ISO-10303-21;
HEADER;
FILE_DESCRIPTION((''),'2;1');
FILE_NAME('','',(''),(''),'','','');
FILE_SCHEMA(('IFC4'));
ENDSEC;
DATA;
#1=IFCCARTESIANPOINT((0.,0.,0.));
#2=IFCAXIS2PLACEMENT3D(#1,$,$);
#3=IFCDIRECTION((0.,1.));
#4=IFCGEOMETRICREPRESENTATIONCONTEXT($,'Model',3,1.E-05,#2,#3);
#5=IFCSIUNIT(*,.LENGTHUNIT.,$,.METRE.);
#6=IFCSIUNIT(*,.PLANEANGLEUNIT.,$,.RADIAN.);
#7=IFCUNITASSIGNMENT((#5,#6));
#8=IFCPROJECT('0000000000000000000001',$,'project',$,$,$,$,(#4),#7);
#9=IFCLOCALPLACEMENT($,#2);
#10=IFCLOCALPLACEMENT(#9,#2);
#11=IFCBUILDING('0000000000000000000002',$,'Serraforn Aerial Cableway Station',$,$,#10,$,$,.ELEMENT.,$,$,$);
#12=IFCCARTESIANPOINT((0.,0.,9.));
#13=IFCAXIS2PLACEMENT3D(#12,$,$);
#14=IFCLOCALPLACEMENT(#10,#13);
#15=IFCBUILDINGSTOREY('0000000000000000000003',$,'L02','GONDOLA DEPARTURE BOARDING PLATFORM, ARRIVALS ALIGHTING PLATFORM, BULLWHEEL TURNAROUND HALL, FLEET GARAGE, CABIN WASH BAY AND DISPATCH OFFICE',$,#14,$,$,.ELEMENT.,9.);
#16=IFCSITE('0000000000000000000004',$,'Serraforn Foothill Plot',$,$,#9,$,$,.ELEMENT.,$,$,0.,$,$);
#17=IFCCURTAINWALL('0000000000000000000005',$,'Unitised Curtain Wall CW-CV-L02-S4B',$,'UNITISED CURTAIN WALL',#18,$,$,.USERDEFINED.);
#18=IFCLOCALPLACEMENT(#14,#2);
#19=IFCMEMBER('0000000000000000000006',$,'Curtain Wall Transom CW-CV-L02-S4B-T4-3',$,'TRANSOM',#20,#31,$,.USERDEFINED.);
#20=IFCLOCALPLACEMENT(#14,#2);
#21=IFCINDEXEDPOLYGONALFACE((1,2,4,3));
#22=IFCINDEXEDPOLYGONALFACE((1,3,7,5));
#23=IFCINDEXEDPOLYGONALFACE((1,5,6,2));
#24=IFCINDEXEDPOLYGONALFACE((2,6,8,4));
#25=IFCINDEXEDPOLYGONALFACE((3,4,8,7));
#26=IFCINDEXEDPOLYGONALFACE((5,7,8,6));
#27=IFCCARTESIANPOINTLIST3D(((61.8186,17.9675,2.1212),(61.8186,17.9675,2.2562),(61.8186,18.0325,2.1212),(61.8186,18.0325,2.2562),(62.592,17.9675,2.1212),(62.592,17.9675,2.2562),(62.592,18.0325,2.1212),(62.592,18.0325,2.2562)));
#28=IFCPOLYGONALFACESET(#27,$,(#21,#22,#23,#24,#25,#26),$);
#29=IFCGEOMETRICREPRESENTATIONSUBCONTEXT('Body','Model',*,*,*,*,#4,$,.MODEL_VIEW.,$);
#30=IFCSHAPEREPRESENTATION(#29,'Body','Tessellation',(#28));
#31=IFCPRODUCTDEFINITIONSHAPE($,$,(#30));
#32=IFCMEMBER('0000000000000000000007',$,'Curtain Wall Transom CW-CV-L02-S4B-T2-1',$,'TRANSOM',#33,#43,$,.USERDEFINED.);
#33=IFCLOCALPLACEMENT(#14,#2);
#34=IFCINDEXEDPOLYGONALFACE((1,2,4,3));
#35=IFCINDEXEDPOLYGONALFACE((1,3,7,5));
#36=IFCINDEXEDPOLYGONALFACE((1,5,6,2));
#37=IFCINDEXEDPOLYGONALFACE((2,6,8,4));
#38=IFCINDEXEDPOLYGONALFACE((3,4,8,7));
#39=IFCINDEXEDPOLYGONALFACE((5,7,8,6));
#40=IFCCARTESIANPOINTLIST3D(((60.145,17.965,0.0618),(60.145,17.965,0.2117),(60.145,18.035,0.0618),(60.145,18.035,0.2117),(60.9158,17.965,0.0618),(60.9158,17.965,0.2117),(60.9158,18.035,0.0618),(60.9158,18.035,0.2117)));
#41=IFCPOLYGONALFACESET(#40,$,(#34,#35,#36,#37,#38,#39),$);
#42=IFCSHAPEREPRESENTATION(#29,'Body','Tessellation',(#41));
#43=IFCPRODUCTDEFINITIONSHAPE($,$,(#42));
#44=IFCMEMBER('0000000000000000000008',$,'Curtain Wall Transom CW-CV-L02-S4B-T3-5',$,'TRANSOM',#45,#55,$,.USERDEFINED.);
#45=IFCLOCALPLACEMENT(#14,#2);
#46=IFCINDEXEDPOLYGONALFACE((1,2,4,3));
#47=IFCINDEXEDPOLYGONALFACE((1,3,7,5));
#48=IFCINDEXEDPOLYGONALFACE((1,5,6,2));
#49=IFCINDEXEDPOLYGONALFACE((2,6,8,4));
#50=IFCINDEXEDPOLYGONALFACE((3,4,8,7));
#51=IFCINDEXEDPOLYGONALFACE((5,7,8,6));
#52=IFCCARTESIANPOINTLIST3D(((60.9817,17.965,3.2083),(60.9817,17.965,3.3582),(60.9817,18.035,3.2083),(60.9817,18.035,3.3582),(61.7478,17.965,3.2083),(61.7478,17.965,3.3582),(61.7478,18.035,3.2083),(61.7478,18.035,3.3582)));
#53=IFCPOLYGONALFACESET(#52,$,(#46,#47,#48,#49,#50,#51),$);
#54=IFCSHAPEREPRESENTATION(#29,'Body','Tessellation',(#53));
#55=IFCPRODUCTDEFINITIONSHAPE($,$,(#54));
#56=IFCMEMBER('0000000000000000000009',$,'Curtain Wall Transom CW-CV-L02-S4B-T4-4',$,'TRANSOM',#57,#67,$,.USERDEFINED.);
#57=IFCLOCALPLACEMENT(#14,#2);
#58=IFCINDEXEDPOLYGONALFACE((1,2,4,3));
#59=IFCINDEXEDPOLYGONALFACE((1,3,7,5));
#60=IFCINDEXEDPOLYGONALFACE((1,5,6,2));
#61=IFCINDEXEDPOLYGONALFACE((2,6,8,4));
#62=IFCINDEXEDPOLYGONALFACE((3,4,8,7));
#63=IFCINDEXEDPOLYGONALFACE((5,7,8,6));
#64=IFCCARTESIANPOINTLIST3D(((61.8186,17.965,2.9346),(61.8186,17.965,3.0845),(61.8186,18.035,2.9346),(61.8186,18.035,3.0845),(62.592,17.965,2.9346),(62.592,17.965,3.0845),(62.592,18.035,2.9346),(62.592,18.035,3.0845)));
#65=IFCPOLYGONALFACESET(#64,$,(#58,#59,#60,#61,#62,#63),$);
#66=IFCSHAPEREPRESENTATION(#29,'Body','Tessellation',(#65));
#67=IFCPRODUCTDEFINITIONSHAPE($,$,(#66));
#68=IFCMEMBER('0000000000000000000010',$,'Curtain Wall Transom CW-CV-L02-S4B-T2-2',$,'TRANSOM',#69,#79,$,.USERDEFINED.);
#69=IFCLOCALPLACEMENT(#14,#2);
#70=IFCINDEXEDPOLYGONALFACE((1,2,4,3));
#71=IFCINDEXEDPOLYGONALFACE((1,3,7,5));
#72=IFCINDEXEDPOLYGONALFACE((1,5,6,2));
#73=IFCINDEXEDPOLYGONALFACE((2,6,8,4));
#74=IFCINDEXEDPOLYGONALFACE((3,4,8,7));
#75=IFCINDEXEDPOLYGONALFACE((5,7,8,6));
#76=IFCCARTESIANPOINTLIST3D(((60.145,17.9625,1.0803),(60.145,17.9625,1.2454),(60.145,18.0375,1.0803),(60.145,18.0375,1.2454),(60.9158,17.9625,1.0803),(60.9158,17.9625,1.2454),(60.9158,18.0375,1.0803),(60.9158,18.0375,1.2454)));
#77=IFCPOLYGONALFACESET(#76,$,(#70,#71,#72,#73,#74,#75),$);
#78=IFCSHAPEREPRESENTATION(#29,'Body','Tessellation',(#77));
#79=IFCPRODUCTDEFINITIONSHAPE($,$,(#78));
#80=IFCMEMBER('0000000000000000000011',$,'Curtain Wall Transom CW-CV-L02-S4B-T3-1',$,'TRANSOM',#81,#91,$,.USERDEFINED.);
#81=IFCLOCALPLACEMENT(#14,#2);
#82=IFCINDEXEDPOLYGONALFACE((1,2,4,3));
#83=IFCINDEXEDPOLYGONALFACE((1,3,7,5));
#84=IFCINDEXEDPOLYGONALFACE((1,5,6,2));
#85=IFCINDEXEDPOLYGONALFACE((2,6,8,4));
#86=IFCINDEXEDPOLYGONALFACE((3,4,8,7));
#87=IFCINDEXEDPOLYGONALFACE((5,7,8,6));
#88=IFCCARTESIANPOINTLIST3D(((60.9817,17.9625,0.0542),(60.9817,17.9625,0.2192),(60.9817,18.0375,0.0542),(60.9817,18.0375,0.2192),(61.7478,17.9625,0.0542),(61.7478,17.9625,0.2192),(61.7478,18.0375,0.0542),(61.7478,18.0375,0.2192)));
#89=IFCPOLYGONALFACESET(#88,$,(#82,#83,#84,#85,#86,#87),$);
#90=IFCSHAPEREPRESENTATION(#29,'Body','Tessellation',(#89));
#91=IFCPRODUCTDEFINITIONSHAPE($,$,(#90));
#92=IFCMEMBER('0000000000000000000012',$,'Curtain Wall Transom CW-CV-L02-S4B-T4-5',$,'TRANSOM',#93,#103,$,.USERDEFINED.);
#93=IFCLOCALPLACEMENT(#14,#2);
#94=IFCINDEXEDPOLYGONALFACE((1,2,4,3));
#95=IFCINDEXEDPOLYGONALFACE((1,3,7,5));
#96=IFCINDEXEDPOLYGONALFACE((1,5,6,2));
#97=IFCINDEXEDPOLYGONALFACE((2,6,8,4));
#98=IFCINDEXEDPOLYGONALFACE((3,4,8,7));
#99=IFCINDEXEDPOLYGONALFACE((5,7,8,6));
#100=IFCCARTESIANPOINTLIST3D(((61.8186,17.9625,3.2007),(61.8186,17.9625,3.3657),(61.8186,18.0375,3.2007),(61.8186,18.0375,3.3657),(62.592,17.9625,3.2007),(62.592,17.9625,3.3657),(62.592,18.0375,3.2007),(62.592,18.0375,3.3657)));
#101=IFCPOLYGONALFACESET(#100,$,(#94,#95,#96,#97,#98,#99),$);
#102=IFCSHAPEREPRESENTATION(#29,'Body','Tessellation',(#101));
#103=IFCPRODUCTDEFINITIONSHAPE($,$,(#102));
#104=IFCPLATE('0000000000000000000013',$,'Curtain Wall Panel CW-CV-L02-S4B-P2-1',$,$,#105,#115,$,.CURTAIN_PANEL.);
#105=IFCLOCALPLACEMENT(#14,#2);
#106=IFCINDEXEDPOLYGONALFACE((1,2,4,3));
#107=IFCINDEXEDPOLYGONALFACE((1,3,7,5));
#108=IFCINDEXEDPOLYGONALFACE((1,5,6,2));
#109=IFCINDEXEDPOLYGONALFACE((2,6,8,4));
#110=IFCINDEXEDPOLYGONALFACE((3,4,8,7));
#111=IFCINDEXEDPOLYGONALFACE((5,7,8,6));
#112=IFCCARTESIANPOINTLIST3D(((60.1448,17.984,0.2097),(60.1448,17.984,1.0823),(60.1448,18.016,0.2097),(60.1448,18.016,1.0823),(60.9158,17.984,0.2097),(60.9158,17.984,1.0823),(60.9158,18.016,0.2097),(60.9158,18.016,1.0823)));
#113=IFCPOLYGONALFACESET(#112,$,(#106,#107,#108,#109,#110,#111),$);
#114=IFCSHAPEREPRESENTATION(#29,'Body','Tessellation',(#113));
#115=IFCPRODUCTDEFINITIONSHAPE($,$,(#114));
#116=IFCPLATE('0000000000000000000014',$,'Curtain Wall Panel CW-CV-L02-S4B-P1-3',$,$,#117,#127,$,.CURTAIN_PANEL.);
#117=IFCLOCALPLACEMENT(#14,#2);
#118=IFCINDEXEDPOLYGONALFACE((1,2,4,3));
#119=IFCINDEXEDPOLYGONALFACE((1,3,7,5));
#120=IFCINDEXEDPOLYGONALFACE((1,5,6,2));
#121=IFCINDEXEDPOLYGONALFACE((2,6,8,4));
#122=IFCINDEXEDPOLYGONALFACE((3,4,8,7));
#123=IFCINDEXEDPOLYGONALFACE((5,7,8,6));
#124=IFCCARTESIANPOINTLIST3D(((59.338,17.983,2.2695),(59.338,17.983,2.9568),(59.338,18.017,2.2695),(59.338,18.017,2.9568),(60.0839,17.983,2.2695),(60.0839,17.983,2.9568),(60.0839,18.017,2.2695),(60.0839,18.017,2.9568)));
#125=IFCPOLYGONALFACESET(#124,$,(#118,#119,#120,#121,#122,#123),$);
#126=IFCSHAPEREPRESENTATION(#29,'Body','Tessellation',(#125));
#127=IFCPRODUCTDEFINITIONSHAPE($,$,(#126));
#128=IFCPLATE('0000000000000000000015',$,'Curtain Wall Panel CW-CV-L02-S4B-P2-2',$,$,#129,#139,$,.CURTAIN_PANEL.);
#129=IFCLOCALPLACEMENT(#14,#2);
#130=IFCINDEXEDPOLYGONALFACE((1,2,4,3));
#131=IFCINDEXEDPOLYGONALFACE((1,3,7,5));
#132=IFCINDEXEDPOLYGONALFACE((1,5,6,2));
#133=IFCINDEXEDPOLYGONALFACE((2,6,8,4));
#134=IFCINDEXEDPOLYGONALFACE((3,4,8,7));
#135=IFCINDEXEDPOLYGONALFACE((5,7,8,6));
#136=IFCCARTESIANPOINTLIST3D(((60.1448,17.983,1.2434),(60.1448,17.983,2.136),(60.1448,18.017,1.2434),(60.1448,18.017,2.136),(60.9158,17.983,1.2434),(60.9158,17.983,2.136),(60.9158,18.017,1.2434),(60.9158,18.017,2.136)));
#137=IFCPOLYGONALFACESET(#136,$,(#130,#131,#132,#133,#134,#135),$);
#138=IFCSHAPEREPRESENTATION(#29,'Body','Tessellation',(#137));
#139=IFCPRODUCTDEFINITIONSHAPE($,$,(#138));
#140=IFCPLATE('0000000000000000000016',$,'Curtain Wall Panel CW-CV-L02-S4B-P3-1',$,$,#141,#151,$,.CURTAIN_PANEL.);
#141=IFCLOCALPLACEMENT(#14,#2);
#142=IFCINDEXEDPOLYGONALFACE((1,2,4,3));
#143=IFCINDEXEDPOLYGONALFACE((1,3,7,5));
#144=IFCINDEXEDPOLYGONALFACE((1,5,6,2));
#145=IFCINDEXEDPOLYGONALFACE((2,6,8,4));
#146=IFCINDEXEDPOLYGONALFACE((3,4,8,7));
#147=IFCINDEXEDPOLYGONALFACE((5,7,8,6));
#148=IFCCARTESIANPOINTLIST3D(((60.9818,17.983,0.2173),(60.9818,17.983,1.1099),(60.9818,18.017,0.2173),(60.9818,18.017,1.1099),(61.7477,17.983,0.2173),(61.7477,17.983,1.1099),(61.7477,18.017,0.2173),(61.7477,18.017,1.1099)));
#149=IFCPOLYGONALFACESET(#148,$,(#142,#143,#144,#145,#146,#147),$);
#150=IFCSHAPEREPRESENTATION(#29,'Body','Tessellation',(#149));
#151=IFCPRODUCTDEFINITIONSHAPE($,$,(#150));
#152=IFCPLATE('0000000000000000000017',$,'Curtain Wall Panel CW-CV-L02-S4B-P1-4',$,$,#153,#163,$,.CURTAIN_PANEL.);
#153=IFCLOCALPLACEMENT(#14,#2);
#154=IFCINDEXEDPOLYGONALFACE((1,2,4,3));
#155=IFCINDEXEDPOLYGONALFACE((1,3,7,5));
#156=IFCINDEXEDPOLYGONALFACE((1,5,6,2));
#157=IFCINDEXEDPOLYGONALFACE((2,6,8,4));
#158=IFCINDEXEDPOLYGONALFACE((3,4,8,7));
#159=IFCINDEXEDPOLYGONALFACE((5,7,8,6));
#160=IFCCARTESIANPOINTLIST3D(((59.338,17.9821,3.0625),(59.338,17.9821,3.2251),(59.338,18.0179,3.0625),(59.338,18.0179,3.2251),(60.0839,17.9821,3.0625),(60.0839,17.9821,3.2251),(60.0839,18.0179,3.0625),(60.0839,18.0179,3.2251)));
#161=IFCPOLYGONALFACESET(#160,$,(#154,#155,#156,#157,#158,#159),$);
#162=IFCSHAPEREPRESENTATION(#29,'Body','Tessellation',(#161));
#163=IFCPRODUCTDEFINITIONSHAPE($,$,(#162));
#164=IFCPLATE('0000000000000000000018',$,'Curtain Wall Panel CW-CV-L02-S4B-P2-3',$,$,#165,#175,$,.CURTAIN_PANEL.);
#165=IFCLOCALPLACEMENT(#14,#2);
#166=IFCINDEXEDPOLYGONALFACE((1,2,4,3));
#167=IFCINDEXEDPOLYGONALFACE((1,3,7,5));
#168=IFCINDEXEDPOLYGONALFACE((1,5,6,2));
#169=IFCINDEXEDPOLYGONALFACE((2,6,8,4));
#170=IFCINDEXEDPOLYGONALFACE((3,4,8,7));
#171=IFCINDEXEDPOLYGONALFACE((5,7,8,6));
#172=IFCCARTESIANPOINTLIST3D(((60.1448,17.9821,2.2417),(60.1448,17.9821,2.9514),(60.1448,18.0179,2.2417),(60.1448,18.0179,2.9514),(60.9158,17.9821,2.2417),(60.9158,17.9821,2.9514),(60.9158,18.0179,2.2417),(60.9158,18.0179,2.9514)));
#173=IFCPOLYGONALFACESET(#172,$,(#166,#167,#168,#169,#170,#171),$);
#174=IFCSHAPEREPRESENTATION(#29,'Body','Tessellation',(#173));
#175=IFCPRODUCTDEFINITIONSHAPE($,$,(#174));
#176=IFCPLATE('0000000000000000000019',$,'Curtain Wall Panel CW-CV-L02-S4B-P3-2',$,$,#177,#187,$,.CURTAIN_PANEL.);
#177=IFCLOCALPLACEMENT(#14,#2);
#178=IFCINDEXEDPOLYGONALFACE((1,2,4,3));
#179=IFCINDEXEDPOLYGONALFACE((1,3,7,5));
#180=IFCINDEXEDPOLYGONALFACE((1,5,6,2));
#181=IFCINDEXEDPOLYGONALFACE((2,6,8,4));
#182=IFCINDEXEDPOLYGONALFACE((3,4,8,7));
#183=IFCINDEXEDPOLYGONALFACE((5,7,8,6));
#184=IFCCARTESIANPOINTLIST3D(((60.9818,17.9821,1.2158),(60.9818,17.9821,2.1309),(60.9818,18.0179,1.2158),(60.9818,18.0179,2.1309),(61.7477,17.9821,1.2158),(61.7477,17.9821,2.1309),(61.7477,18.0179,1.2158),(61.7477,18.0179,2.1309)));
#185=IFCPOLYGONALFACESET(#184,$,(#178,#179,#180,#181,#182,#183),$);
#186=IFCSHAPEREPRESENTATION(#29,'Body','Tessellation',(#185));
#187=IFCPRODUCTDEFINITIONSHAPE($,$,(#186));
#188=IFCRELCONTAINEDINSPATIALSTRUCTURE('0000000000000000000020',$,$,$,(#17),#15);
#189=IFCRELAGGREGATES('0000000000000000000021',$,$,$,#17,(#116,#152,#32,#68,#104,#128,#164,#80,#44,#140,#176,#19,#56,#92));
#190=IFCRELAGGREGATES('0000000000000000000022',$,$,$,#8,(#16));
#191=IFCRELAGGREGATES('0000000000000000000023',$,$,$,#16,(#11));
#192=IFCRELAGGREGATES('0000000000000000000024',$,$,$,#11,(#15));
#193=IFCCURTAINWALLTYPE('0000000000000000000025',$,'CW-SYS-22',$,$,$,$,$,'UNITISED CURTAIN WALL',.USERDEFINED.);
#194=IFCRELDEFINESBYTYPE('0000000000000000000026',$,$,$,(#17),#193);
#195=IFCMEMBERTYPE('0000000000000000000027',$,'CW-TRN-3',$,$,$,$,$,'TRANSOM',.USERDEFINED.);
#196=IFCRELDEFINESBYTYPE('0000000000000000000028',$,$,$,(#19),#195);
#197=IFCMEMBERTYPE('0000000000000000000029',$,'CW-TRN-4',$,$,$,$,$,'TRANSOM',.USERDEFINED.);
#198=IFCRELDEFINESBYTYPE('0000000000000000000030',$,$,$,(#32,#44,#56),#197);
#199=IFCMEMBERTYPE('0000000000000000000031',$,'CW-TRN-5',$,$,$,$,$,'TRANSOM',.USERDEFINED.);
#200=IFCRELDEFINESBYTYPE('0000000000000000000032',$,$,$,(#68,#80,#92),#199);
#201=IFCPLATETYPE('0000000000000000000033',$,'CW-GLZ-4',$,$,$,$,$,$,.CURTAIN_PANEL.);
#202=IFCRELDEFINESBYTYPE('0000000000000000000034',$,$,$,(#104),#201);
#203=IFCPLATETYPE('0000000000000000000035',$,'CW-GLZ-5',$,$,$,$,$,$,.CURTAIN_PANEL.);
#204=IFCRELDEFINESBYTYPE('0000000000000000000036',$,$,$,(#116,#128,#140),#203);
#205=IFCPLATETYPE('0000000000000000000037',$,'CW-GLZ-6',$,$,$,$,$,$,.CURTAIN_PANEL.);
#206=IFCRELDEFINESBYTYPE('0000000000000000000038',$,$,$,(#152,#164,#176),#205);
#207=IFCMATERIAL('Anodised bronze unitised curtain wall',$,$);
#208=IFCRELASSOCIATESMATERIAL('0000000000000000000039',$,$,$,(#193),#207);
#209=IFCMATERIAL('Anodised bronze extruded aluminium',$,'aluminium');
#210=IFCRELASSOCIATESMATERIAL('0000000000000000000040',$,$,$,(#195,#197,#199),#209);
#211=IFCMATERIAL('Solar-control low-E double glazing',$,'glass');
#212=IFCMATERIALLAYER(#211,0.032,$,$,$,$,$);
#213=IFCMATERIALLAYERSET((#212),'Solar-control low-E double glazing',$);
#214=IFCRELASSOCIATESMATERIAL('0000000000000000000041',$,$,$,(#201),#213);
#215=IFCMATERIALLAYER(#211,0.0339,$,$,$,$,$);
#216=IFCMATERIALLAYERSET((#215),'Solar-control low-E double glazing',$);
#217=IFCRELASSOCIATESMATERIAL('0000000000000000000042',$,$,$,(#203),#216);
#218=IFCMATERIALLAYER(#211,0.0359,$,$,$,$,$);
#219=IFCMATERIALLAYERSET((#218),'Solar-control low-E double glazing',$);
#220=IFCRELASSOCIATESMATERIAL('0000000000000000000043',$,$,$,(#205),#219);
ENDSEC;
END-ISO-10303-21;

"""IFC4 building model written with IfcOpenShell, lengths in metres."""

from ifc_helpers import new_model, si_unit, direction, frame, origin, origin_2d, place, context, subcontext, project, spatial, rectangle, extrude, material, layer, layer_set, material_profile, profile_set, type_object, element, aggregate, save


model = new_model("IFC4")

# Units and contexts
model_context = context("Model", 3, precision=1e-05, world=origin(), true_north=direction((0.0, 1.0)))
body_context = subcontext(model_context, "Body", "Model", "MODEL_VIEW")
ifc_project = project(units=[si_unit("LENGTHUNIT", "METRE"), si_unit("PLANEANGLEUNIT", "RADIAN")], contexts=[model_context])

# Site, building, storey
site_placement = place(None, origin())
site = spatial("IfcSite", under=ifc_project, at=site_placement, Name="Serraforn Foothill Plot", CompositionType="ELEMENT", RefElevation=0.0)
building_placement = place(site_placement, origin())
building = spatial("IfcBuilding", under=site, at=building_placement, Name="Serraforn Aerial Cableway Station", CompositionType="ELEMENT")
storey_placement = place(building_placement, frame((0.0, 0.0, 9.0)))
storey = spatial("IfcBuildingStorey", under=building, at=storey_placement, Name="L02", Description="GONDOLA DEPARTURE BOARDING PLATFORM, ARRIVALS ALIGHTING PLATFORM, BULLWHEEL TURNAROUND HALL, FLEET GARAGE, CABIN WASH BAY AND DISPATCH OFFICE", CompositionType="ELEMENT", Elevation=9.0)

# Curtain wall, members, plates
ifc_material_1 = material(Name="Anodised bronze unitised curtain wall")
curtain_wall_type = type_object("IfcCurtainWallType", Name="CW-SYS-22", ElementType="UNITISED CURTAIN WALL", PredefinedType="USERDEFINED", material=ifc_material_1)
curtain_wall_placement = place(storey_placement, origin())
curtain_wall = element("IfcCurtainWall", 1, at=curtain_wall_placement, inside=storey, type_object=curtain_wall_type, Name="Unitised Curtain Wall CW-CV-L02-S4B", ObjectType="UNITISED CURTAIN WALL", PredefinedType="USERDEFINED")
ifc_material_2 = material(Name="Anodised bronze extruded aluminium", Category="aluminium")
ifc_material_profile_1 = material_profile(ifc_material_2, rectangle(XDim=0.0649, YDim=0.135, at=origin_2d()), Name="CW TRANSOM 65x135")
ifc_profile_set_1 = profile_set([ifc_material_profile_1], Name="Anodised bronze extruded aluminium")
member_type_1 = type_object("IfcMemberType", Name="CW-TRN-3", ElementType="TRANSOM", PredefinedType="USERDEFINED", material=ifc_profile_set_1)
member_1_placement = place(storey_placement, frame((61.8186, 18.0, 2.1887), z_axis=(1.0, 0.0, 0.0), x_axis=(0.0, 1.0, 0.0)))
member_1 = element("IfcMember", 2, at=member_1_placement, type_object=member_type_1, Name="Curtain Wall Transom CW-CV-L02-S4B-T4-3", ObjectType="TRANSOM", PredefinedType="USERDEFINED", context=body_context, shape_type="SweptSolid", body=[
    extrude(rectangle(XDim=0.0649, YDim=0.135, at=origin_2d()), origin(), (0.0, 0.0, 1.0), 0.7734),
])
ifc_material_profile_2 = material_profile(ifc_material_2, rectangle(XDim=0.0701, YDim=0.1499, at=origin_2d()), Name="CW TRANSOM 70x150")
ifc_profile_set_2 = profile_set([ifc_material_profile_2], Name="Anodised bronze extruded aluminium")
member_type_2 = type_object("IfcMemberType", Name="CW-TRN-4", ElementType="TRANSOM", PredefinedType="USERDEFINED", material=ifc_profile_set_2)
member_2_placement = place(storey_placement, frame((60.145, 18.0, 0.1367), z_axis=(1.0, 0.0, 0.0), x_axis=(0.0, 1.0, 0.0)))
member_2 = element("IfcMember", 3, at=member_2_placement, type_object=member_type_2, Name="Curtain Wall Transom CW-CV-L02-S4B-T2-1", ObjectType="TRANSOM", PredefinedType="USERDEFINED", context=body_context, shape_type="SweptSolid", body=[
    extrude(rectangle(XDim=0.0701, YDim=0.1499, at=origin_2d()), origin(), (0.0, 0.0, 1.0), 0.7708),
])
member_3_placement = place(storey_placement, frame((60.9817, 18.0, 3.2832), z_axis=(1.0, 0.0, 0.0), x_axis=(0.0, 1.0, 0.0)))
member_3 = element("IfcMember", 4, at=member_3_placement, type_object=member_type_2, Name="Curtain Wall Transom CW-CV-L02-S4B-T3-5", ObjectType="TRANSOM", PredefinedType="USERDEFINED", context=body_context, shape_type="SweptSolid", body=[
    extrude(rectangle(XDim=0.0701, YDim=0.1499, at=origin_2d()), origin(), (0.0, 0.0, 1.0), 0.7661),
])
member_4_placement = place(storey_placement, frame((61.8186, 18.0, 3.0095), z_axis=(1.0, 0.0, 0.0), x_axis=(0.0, 1.0, 0.0)))
member_4 = element("IfcMember", 5, at=member_4_placement, type_object=member_type_2, Name="Curtain Wall Transom CW-CV-L02-S4B-T4-4", ObjectType="TRANSOM", PredefinedType="USERDEFINED", context=body_context, shape_type="SweptSolid", body=[
    extrude(rectangle(XDim=0.0701, YDim=0.1499, at=origin_2d()), origin(), (0.0, 0.0, 1.0), 0.7734),
])
ifc_material_profile_3 = material_profile(ifc_material_2, rectangle(XDim=0.075, YDim=0.165, at=origin_2d()), Name="CW TRANSOM 75x165")
ifc_profile_set_3 = profile_set([ifc_material_profile_3], Name="Anodised bronze extruded aluminium")
member_type_3 = type_object("IfcMemberType", Name="CW-TRN-5", ElementType="TRANSOM", PredefinedType="USERDEFINED", material=ifc_profile_set_3)
member_5_placement = place(storey_placement, frame((60.145, 18.0, 1.1628), z_axis=(1.0, 0.0, 0.0), x_axis=(0.0, 1.0, 0.0)))
member_5 = element("IfcMember", 6, at=member_5_placement, type_object=member_type_3, Name="Curtain Wall Transom CW-CV-L02-S4B-T2-2", ObjectType="TRANSOM", PredefinedType="USERDEFINED", context=body_context, shape_type="SweptSolid", body=[
    extrude(rectangle(XDim=0.075, YDim=0.165, at=origin_2d()), origin(), (0.0, 0.0, 1.0), 0.7708),
])
member_6_placement = place(storey_placement, frame((60.9817, 18.0, 0.1367), z_axis=(1.0, 0.0, 0.0), x_axis=(0.0, 1.0, 0.0)))
member_6 = element("IfcMember", 7, at=member_6_placement, type_object=member_type_3, Name="Curtain Wall Transom CW-CV-L02-S4B-T3-1", ObjectType="TRANSOM", PredefinedType="USERDEFINED", context=body_context, shape_type="SweptSolid", body=[
    extrude(rectangle(XDim=0.075, YDim=0.165, at=origin_2d()), origin(), (0.0, 0.0, 1.0), 0.7661),
])
member_7_placement = place(storey_placement, frame((61.8186, 18.0, 3.2832), z_axis=(1.0, 0.0, 0.0), x_axis=(0.0, 1.0, 0.0)))
member_7 = element("IfcMember", 8, at=member_7_placement, type_object=member_type_3, Name="Curtain Wall Transom CW-CV-L02-S4B-T4-5", ObjectType="TRANSOM", PredefinedType="USERDEFINED", context=body_context, shape_type="SweptSolid", body=[
    extrude(rectangle(XDim=0.075, YDim=0.165, at=origin_2d()), origin(), (0.0, 0.0, 1.0), 0.7734),
])
ifc_material_3 = material(Name="Solar-control low-E double glazing", Category="glass")
ifc_layer_1 = layer(ifc_material_3, 0.032)
ifc_layer_set_1 = layer_set([ifc_layer_1], Name="Solar-control low-E double glazing")
plate_type_1 = type_object("IfcPlateType", Name="CW-GLZ-4", PredefinedType="CURTAIN_PANEL", material=ifc_layer_set_1)
plate_1_placement = place(storey_placement, frame((60.5303, 18.0, 0.2097), z_axis=(0.0, 0.0, 1.0), x_axis=(1.0, 0.0, 0.0)))
plate_1 = element("IfcPlate", 9, at=plate_1_placement, type_object=plate_type_1, Name="Curtain Wall Panel CW-CV-L02-S4B-P2-1", PredefinedType="CURTAIN_PANEL", context=body_context, shape_type="SweptSolid", body=[
    extrude(rectangle(XDim=0.771, YDim=0.032, at=origin_2d()), origin(), (0.0, 0.0, 1.0), 0.8726),
])
ifc_layer_2 = layer(ifc_material_3, 0.0339)
ifc_layer_set_2 = layer_set([ifc_layer_2], Name="Solar-control low-E double glazing")
plate_type_2 = type_object("IfcPlateType", Name="CW-GLZ-5", PredefinedType="CURTAIN_PANEL", material=ifc_layer_set_2)
plate_2_placement = place(storey_placement, frame((59.7109, 18.0, 2.2695), z_axis=(0.0, 0.0, 1.0), x_axis=(1.0, 0.0, 0.0)))
plate_2 = element("IfcPlate", 10, at=plate_2_placement, type_object=plate_type_2, Name="Curtain Wall Panel CW-CV-L02-S4B-P1-3", PredefinedType="CURTAIN_PANEL", context=body_context, shape_type="SweptSolid", body=[
    extrude(rectangle(XDim=0.7458, YDim=0.0339, at=origin_2d()), origin(), (0.0, 0.0, 1.0), 0.6873),
])
plate_3_placement = place(storey_placement, frame((60.5303, 18.0, 1.2434), z_axis=(0.0, 0.0, 1.0), x_axis=(1.0, 0.0, 0.0)))
plate_3 = element("IfcPlate", 11, at=plate_3_placement, type_object=plate_type_2, Name="Curtain Wall Panel CW-CV-L02-S4B-P2-2", PredefinedType="CURTAIN_PANEL", context=body_context, shape_type="SweptSolid", body=[
    extrude(rectangle(XDim=0.771, YDim=0.0339, at=origin_2d()), origin(), (0.0, 0.0, 1.0), 0.8926),
])
plate_4_placement = place(storey_placement, frame((61.3647, 18.0, 0.2173), z_axis=(0.0, 0.0, 1.0), x_axis=(1.0, 0.0, 0.0)))
plate_4 = element("IfcPlate", 12, at=plate_4_placement, type_object=plate_type_2, Name="Curtain Wall Panel CW-CV-L02-S4B-P3-1", PredefinedType="CURTAIN_PANEL", context=body_context, shape_type="SweptSolid", body=[
    extrude(rectangle(XDim=0.7659, YDim=0.0339, at=origin_2d()), origin(), (0.0, 0.0, 1.0), 0.8926),
])
ifc_layer_3 = layer(ifc_material_3, 0.0359)
ifc_layer_set_3 = layer_set([ifc_layer_3], Name="Solar-control low-E double glazing")
plate_type_3 = type_object("IfcPlateType", Name="CW-GLZ-6", PredefinedType="CURTAIN_PANEL", material=ifc_layer_set_3)
plate_5_placement = place(storey_placement, frame((59.7109, 18.0, 3.0625), z_axis=(0.0, 0.0, 1.0), x_axis=(1.0, 0.0, 0.0)))
plate_5 = element("IfcPlate", 13, at=plate_5_placement, type_object=plate_type_3, Name="Curtain Wall Panel CW-CV-L02-S4B-P1-4", PredefinedType="CURTAIN_PANEL", context=body_context, shape_type="SweptSolid", body=[
    extrude(rectangle(XDim=0.7458, YDim=0.0359, at=origin_2d()), origin(), (0.0, 0.0, 1.0), 0.1626),
])
plate_6_placement = place(storey_placement, frame((60.5303, 18.0, 2.2417), z_axis=(0.0, 0.0, 1.0), x_axis=(1.0, 0.0, 0.0)))
plate_6 = element("IfcPlate", 14, at=plate_6_placement, type_object=plate_type_3, Name="Curtain Wall Panel CW-CV-L02-S4B-P2-3", PredefinedType="CURTAIN_PANEL", context=body_context, shape_type="SweptSolid", body=[
    extrude(rectangle(XDim=0.771, YDim=0.0359, at=origin_2d()), origin(), (0.0, 0.0, 1.0), 0.7097),
])
plate_7_placement = place(storey_placement, frame((61.3647, 18.0, 1.2158), z_axis=(0.0, 0.0, 1.0), x_axis=(1.0, 0.0, 0.0)))
plate_7 = element("IfcPlate", 15, at=plate_7_placement, type_object=plate_type_3, Name="Curtain Wall Panel CW-CV-L02-S4B-P3-2", PredefinedType="CURTAIN_PANEL", context=body_context, shape_type="SweptSolid", body=[
    extrude(rectangle(XDim=0.7659, YDim=0.0359, at=origin_2d()), origin(), (0.0, 0.0, 1.0), 0.915),
])
aggregate(curtain_wall, [plate_2, plate_5, member_2, member_5, plate_1, plate_3, plate_6, member_6, member_3, plate_4, plate_7, member_1, member_4, member_7])

save(model, "model.ifc")
